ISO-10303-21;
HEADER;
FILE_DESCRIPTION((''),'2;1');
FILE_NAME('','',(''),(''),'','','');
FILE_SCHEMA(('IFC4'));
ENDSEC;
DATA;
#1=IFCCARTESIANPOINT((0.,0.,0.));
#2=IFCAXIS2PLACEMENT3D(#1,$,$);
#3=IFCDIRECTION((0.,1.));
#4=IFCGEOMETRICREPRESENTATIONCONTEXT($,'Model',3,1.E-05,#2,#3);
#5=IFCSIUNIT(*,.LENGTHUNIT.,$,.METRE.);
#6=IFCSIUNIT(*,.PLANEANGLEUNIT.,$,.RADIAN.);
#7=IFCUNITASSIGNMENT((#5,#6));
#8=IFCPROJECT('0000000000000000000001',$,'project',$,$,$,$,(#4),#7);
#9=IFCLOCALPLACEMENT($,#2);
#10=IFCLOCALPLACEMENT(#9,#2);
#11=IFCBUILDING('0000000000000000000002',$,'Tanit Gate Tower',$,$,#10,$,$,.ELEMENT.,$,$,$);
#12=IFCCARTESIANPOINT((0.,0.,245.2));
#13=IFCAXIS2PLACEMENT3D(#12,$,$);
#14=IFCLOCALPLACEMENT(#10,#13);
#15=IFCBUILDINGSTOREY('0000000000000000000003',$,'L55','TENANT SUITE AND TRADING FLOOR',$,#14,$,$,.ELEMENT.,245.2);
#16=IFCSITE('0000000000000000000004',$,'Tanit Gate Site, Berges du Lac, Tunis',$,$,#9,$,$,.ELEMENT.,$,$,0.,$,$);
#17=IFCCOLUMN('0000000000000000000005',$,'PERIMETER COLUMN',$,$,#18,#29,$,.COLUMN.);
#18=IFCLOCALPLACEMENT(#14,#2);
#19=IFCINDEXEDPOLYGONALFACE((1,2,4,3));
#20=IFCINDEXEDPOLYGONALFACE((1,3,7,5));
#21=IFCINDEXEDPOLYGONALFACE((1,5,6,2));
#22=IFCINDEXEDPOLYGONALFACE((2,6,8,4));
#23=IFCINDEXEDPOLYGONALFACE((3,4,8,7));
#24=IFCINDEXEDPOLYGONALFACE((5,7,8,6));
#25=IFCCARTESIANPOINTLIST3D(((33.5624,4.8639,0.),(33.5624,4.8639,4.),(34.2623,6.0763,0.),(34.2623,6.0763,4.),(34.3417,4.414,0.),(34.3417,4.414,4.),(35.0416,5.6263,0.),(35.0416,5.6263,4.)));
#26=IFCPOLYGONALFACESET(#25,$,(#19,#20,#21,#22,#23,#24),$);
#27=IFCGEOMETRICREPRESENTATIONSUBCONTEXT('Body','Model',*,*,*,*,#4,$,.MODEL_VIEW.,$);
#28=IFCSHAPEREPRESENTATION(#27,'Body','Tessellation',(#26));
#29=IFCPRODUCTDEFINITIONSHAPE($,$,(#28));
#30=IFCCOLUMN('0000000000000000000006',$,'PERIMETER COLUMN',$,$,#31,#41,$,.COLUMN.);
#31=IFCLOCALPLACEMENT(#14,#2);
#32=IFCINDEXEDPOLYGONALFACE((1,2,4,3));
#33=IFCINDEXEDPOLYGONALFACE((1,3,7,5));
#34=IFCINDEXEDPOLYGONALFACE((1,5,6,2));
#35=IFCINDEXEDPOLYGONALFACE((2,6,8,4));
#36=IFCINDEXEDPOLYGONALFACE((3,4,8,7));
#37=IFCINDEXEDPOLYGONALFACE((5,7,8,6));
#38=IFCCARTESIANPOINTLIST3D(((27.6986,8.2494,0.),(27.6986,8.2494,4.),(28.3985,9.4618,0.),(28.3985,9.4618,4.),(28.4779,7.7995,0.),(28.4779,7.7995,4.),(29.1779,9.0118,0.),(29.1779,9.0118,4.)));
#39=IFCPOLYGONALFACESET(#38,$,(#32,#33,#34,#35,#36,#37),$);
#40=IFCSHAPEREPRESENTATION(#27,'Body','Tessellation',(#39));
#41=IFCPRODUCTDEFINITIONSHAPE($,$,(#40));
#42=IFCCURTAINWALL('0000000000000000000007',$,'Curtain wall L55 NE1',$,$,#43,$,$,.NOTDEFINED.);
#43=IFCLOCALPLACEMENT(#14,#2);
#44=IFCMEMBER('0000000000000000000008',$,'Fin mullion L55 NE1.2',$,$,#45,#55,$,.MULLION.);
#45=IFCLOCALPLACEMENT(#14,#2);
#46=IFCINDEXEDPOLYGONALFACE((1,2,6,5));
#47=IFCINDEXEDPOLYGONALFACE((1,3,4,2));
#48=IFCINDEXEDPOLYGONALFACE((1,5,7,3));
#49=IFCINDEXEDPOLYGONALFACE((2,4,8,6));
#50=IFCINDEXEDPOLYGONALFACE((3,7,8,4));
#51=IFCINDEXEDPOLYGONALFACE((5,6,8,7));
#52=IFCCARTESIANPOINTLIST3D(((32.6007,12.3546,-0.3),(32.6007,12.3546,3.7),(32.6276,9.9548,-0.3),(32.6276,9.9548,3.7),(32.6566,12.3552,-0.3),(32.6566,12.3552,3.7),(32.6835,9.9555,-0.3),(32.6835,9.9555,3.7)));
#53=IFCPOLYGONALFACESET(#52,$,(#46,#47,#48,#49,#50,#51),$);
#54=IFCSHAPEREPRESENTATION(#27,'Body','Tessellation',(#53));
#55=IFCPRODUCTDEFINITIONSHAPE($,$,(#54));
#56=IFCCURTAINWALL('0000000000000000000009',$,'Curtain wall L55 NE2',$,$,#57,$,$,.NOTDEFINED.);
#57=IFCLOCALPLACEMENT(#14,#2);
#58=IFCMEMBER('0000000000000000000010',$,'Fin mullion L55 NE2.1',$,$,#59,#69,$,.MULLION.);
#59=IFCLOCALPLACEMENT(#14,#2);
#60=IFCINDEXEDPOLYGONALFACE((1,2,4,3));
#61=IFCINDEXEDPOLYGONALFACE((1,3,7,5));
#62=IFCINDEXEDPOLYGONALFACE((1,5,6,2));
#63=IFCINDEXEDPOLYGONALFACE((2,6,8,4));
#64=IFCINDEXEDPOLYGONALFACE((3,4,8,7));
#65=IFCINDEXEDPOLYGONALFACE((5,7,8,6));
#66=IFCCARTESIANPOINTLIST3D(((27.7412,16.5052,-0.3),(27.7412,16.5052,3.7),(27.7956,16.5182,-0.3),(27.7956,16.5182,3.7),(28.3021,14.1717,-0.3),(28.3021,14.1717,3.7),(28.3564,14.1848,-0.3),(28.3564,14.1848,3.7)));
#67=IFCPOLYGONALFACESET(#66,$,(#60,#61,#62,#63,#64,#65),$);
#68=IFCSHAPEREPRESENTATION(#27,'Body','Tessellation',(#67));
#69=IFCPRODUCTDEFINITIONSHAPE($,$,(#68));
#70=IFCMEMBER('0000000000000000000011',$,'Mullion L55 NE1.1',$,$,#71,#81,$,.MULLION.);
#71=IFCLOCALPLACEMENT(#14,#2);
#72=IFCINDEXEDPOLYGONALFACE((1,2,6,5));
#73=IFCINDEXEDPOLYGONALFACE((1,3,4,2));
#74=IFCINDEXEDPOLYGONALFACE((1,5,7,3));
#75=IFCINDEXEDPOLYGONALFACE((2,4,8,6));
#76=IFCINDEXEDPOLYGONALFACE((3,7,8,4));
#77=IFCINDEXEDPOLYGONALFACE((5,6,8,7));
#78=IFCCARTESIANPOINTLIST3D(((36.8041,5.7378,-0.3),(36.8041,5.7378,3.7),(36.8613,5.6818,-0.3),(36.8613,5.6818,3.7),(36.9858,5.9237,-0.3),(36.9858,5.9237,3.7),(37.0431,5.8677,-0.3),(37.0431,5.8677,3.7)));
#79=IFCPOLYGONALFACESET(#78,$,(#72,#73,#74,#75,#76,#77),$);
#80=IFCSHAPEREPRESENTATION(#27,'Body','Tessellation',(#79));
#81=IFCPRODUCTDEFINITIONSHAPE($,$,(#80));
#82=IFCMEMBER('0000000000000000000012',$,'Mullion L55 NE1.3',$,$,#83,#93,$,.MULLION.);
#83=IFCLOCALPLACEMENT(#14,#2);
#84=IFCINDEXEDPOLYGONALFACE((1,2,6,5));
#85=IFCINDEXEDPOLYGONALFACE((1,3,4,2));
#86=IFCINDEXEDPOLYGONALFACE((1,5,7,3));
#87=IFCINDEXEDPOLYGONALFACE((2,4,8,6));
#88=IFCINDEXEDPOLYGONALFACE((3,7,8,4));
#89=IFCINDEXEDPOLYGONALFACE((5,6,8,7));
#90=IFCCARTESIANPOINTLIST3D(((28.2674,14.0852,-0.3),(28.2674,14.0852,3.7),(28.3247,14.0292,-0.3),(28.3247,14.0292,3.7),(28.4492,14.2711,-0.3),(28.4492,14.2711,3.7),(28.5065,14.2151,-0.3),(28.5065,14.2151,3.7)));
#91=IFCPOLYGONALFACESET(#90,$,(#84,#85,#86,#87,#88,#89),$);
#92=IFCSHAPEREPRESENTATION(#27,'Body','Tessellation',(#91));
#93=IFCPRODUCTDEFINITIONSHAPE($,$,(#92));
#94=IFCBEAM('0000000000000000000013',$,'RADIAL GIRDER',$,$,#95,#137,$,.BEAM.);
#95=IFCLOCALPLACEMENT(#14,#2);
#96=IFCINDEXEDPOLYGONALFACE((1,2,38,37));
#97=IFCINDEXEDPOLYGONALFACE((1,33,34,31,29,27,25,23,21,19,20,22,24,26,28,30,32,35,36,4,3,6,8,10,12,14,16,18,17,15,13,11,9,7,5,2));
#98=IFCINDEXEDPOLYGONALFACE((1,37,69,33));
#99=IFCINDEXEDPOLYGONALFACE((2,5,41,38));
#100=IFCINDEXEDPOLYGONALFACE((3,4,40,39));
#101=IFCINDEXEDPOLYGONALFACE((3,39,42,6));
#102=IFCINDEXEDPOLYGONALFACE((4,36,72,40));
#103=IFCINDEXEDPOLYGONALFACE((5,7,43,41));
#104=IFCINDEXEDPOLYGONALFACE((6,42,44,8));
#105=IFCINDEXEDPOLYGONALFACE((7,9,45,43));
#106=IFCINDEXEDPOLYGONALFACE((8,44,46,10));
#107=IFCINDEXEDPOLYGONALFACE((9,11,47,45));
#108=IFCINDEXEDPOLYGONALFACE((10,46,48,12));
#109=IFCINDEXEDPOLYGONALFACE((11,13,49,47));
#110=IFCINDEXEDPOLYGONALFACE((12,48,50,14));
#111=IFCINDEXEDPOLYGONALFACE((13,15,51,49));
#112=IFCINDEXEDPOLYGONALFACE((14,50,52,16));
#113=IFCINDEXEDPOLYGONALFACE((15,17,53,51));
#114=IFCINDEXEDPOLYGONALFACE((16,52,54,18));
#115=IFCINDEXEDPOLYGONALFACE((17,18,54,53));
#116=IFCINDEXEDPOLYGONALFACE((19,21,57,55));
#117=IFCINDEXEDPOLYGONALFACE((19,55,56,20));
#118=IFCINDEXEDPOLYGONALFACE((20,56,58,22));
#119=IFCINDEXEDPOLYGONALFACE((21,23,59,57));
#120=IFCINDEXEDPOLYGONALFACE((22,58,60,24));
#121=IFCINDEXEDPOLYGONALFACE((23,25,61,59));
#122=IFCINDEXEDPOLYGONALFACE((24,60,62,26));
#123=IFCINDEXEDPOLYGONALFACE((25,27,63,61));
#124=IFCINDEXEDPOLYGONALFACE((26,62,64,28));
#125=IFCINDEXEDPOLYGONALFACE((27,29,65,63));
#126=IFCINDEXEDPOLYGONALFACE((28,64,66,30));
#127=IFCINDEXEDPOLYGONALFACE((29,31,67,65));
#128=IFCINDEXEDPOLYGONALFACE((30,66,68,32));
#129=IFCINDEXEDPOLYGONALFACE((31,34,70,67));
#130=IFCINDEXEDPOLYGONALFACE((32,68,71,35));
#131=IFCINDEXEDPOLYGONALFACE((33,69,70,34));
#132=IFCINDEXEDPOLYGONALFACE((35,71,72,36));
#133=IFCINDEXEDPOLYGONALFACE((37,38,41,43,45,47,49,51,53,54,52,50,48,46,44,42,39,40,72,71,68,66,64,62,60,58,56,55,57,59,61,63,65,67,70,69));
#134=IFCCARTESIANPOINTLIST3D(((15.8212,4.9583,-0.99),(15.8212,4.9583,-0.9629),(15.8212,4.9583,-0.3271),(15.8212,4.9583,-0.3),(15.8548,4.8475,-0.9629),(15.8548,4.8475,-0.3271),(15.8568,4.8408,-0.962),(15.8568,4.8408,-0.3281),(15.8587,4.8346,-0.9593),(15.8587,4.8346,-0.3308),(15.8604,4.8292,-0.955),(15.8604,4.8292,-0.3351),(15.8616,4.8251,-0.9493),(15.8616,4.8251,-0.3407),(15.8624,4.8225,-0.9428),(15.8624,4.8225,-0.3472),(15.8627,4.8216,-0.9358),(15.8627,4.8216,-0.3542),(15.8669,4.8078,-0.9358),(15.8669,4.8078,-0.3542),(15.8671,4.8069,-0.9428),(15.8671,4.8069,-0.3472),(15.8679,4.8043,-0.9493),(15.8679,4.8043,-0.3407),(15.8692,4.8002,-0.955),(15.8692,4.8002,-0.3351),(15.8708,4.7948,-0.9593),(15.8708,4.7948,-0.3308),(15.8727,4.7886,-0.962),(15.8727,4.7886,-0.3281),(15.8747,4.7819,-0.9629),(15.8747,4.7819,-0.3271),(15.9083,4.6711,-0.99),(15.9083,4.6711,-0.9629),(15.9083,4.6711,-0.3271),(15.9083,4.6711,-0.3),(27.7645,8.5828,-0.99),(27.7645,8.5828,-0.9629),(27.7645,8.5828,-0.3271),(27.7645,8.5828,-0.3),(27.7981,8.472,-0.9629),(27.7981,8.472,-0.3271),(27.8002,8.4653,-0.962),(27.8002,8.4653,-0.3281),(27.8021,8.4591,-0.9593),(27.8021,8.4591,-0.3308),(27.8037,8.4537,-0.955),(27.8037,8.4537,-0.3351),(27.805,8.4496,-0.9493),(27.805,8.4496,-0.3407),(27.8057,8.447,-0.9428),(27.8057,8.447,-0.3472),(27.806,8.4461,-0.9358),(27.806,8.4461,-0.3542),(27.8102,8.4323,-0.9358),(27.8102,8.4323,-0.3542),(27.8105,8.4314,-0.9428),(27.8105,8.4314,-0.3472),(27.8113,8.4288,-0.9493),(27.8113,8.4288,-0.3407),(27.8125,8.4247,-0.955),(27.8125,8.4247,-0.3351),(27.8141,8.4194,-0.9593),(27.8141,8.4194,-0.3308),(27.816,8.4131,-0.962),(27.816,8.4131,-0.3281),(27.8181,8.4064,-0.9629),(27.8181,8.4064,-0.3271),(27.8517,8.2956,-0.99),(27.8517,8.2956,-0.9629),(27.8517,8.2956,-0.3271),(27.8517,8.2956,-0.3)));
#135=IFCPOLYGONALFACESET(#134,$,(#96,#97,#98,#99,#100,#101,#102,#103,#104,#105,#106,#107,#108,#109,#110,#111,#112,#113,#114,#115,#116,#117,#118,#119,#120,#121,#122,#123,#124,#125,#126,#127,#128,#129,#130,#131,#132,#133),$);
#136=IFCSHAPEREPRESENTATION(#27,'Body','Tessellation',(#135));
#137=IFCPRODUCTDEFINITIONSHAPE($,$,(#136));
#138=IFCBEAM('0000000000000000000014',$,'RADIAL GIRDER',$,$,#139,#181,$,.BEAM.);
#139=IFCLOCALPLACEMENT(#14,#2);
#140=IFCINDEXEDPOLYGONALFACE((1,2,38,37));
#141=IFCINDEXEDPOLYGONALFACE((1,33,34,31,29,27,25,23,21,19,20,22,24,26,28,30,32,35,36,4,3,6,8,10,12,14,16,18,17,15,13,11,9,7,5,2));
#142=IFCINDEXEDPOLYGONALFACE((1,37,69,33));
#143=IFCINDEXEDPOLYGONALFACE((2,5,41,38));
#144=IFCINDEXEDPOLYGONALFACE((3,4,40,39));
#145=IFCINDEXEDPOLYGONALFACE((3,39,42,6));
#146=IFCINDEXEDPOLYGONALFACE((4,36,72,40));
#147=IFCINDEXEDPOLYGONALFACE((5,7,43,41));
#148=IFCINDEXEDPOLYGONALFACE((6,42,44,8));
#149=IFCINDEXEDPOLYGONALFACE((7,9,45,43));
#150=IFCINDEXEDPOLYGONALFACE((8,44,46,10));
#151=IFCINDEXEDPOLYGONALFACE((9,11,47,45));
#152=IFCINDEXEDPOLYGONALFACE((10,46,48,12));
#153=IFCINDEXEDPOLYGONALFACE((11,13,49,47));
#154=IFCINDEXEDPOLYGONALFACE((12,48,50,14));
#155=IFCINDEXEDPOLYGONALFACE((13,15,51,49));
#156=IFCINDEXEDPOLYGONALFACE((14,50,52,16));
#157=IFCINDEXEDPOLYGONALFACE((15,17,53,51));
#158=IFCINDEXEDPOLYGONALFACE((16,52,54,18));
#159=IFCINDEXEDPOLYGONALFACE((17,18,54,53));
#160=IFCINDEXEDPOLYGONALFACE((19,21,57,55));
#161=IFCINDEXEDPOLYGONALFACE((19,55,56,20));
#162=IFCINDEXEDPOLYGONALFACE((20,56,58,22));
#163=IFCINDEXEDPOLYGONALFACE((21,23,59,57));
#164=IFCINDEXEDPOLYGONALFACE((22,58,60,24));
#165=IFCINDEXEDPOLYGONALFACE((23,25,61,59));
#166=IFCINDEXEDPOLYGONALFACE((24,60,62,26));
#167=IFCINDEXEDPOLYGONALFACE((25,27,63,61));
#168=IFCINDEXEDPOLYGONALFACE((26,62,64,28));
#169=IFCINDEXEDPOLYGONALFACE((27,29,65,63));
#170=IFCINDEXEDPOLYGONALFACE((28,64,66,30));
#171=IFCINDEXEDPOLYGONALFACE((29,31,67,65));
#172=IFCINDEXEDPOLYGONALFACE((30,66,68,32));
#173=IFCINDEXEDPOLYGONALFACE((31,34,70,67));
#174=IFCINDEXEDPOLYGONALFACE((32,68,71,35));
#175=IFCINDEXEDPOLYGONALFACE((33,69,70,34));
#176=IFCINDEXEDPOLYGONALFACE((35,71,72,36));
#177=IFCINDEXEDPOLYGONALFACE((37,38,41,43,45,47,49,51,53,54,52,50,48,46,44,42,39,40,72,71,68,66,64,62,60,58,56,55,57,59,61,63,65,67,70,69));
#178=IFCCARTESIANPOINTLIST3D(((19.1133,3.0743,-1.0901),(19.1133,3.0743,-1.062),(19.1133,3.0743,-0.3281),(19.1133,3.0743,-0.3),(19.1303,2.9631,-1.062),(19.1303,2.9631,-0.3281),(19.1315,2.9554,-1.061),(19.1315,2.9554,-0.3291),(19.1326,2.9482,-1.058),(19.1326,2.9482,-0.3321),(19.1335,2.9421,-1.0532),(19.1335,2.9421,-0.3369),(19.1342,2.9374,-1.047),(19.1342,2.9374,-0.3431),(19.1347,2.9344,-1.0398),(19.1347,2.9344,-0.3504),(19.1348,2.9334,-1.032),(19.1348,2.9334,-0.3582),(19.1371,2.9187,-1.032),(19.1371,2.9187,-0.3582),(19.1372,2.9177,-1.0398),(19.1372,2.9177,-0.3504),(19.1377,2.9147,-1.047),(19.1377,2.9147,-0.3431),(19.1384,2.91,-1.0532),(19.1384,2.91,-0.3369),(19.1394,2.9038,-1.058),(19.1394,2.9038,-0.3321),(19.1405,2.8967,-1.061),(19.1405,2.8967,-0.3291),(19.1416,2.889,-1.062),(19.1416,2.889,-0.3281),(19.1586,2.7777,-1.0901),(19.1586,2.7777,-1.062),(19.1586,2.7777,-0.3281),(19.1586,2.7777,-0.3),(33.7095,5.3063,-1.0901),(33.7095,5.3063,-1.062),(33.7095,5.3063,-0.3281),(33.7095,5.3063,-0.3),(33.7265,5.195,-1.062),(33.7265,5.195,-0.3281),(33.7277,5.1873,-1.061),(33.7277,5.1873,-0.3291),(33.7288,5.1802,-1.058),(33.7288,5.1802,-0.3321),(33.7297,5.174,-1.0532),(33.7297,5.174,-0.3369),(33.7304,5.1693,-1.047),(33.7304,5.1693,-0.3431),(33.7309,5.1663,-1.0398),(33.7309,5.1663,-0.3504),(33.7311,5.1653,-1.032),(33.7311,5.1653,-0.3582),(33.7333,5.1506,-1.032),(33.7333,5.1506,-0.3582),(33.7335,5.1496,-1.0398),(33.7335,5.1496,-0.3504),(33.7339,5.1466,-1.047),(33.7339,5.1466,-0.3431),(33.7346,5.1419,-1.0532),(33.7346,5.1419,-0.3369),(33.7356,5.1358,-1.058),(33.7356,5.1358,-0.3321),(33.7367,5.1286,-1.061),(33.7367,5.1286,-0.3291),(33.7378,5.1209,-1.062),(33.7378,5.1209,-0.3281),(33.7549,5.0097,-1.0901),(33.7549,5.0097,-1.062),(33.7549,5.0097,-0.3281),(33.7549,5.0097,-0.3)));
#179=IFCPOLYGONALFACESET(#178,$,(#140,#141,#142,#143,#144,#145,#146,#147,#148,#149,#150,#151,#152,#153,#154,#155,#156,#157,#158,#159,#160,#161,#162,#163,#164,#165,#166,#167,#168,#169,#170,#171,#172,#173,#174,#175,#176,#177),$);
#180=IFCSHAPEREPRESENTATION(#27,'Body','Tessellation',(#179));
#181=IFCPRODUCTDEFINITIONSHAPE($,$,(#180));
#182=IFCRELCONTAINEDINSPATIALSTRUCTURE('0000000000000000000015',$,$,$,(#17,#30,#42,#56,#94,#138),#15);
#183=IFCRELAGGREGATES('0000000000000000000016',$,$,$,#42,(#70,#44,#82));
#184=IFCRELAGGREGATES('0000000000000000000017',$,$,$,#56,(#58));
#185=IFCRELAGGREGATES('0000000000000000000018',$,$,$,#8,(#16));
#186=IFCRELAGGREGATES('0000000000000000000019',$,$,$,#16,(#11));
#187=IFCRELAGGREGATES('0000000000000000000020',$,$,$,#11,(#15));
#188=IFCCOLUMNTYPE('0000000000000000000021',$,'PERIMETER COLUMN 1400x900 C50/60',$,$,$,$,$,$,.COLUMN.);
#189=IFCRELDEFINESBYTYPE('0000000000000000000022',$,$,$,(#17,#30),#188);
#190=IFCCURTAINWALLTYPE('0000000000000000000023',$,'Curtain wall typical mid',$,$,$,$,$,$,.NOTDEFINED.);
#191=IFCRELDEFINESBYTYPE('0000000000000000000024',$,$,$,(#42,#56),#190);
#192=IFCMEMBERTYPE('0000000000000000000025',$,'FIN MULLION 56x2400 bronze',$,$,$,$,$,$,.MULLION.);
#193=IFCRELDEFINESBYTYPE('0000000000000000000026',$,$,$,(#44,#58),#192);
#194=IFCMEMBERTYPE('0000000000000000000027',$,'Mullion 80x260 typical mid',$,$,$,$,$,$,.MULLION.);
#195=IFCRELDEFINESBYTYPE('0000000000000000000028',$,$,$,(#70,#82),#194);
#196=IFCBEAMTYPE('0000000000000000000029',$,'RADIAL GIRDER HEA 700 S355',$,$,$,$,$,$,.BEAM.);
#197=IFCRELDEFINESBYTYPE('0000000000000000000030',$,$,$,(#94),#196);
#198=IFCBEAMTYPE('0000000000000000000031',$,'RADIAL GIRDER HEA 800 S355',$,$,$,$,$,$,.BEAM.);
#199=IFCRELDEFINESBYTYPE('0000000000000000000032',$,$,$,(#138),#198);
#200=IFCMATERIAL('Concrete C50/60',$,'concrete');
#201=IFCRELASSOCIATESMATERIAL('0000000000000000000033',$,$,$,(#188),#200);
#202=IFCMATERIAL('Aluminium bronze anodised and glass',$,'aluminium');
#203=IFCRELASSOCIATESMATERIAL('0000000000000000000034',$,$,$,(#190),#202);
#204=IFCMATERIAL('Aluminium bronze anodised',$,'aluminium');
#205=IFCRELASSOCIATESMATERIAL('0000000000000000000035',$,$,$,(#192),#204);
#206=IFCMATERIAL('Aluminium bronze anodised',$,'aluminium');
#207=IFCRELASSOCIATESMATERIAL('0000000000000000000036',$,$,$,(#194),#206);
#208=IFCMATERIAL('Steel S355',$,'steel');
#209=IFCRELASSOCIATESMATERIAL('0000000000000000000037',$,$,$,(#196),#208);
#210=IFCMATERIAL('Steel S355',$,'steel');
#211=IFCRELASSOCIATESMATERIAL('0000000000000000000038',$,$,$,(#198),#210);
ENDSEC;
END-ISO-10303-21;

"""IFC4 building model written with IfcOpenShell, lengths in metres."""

from ifc_helpers import new_model, si_unit, direction, frame, origin, origin_2d, place, context, subcontext, project, spatial, rectangle, i_section, extrude, material, material_profile, profile_set, type_object, element, aggregate, save


model = new_model("IFC4")

# Units and contexts
model_context = context("Model", 3, precision=1e-05, world=origin(), true_north=direction((0.0, 1.0)))
body_context = subcontext(model_context, "Body", "Model", "MODEL_VIEW")
ifc_project = project(units=[si_unit("LENGTHUNIT", "METRE"), si_unit("PLANEANGLEUNIT", "RADIAN")], contexts=[model_context])

# Site, building, storey
site_placement = place(None, origin())
site = spatial("IfcSite", under=ifc_project, at=site_placement, Name="Tanit Gate Site, Berges du Lac, Tunis", CompositionType="ELEMENT", RefElevation=0.0)
building_placement = place(site_placement, origin())
building = spatial("IfcBuilding", under=site, at=building_placement, Name="Tanit Gate Tower", CompositionType="ELEMENT")
storey_placement = place(building_placement, frame((0.0, 0.0, 245.2)))
storey = spatial("IfcBuildingStorey", under=building, at=storey_placement, Name="L55", Description="TENANT SUITE AND TRADING FLOOR", CompositionType="ELEMENT", Elevation=245.2)

# Columns
ifc_material_1 = material(Name="Concrete C50/60", Category="concrete")
ifc_material_profile_1 = material_profile(ifc_material_1, rectangle(XDim=1.3999, YDim=0.8999, at=origin_2d()), Name="RC 1400x900")
ifc_profile_set_1 = profile_set([ifc_material_profile_1], Name="Concrete C50/60")
column_type = type_object("IfcColumnType", Name="PERIMETER COLUMN 1400x900 C50/60", PredefinedType="COLUMN", material=ifc_profile_set_1)
for number, where, z_axis, x_axis, name in (
    (1, (34.302, 5.2451, 0.0), (0.0, 0.0, 1.0), (0.5, 0.866025, 0.0), "PERIMETER COLUMN"),
    (2, (28.4382, 8.6306, 0.0), (0.0, 0.0, 1.0), (0.5, 0.866025, 0.0), "PERIMETER COLUMN"),
):
    element("IfcColumn", number, at=place(storey_placement, frame(where, z_axis=z_axis, x_axis=x_axis)), inside=storey, type_object=column_type, Name=name, PredefinedType="COLUMN", context=body_context, shape_type="SweptSolid", body=[
        extrude(rectangle(XDim=1.3999, YDim=0.8999, at=origin_2d()), origin(), (0.0, 0.0, 1.0), 4.0),
    ])

# Curtain walls, members
ifc_material_2 = material(Name="Aluminium bronze anodised and glass", Category="aluminium")
curtain_wall_type = type_object("IfcCurtainWallType", Name="Curtain wall typical mid", PredefinedType="NOTDEFINED", material=ifc_material_2)
curtain_wall_1_placement = place(storey_placement, origin())
curtain_wall_1 = element("IfcCurtainWall", 3, at=curtain_wall_1_placement, inside=storey, type_object=curtain_wall_type, Name="Curtain wall L55 NE1", PredefinedType="NOTDEFINED")
ifc_material_3 = material(Name="Aluminium bronze anodised", Category="aluminium")
ifc_material_profile_2 = material_profile(ifc_material_3, rectangle(XDim=2.3999, YDim=0.0559, at=origin_2d()), Name="56x2400 bronze fin mullion")
ifc_profile_set_2 = profile_set([ifc_material_profile_2], Name="Aluminium bronze anodised")
member_type_1 = type_object("IfcMemberType", Name="FIN MULLION 56x2400 bronze", PredefinedType="MULLION", material=ifc_profile_set_2)
member_1_placement = place(storey_placement, frame((32.6421, 11.155, -0.3), z_axis=(0.0, 0.0, 1.0), x_axis=(0.011211, -0.999937, 0.0)))
member_1 = element("IfcMember", 4, at=member_1_placement, type_object=member_type_1, Name="Fin mullion L55 NE1.2", PredefinedType="MULLION", context=body_context, shape_type="SweptSolid", body=[
    extrude(rectangle(XDim=2.3999, YDim=0.0559, at=origin_2d()), origin(), (0.0, 0.0, 1.0), 4.0),
])
curtain_wall_2_placement = place(storey_placement, origin())
curtain_wall_2 = element("IfcCurtainWall", 5, at=curtain_wall_2_placement, inside=storey, type_object=curtain_wall_type, Name="Curtain wall L55 NE2", PredefinedType="NOTDEFINED")
member_2_placement = place(storey_placement, frame((28.0488, 15.345, -0.3), z_axis=(0.0, 0.0, 1.0), x_axis=(0.233691, -0.972311, 0.0)))
member_2 = element("IfcMember", 6, at=member_2_placement, type_object=member_type_1, Name="Fin mullion L55 NE2.1", PredefinedType="MULLION", context=body_context, shape_type="SweptSolid", body=[
    extrude(rectangle(XDim=2.3999, YDim=0.0559, at=origin_2d()), origin(), (0.0, 0.0, 1.0), 4.0),
])

# Members
ifc_material_4 = material(Name="Aluminium bronze anodised", Category="aluminium")
ifc_material_profile_3 = material_profile(ifc_material_4, rectangle(XDim=0.26, YDim=0.0801, at=origin_2d()), Name="80x260 bronze mullion")
ifc_profile_set_3 = profile_set([ifc_material_profile_3], Name="Aluminium bronze anodised")
member_type_2 = type_object("IfcMemberType", Name="Mullion 80x260 typical mid", PredefinedType="MULLION", material=ifc_profile_set_3)
member_3_placement = place(storey_placement, frame((36.9236, 5.8027, -0.3), z_axis=(0.0, 0.0, 1.0), x_axis=(-0.699135, -0.71499, 0.0)))
member_3 = element("IfcMember", 7, at=member_3_placement, type_object=member_type_2, Name="Mullion L55 NE1.1", PredefinedType="MULLION", context=body_context, shape_type="SweptSolid", body=[
    extrude(rectangle(XDim=0.26, YDim=0.0801, at=origin_2d()), origin(), (0.0, 0.0, 1.0), 4.0),
])
member_4_placement = place(storey_placement, frame((28.387, 14.1501, -0.3), z_axis=(0.0, 0.0, 1.0), x_axis=(-0.699135, -0.71499, 0.0)))
member_4 = element("IfcMember", 8, at=member_4_placement, type_object=member_type_2, Name="Mullion L55 NE1.3", PredefinedType="MULLION", context=body_context, shape_type="SweptSolid", body=[
    extrude(rectangle(XDim=0.26, YDim=0.0801, at=origin_2d()), origin(), (0.0, 0.0, 1.0), 4.0),
])

# Beams
ifc_material_5 = material(Name="Steel S355", Category="steel")
ifc_material_profile_4 = material_profile(ifc_material_5, i_section(OverallWidth=0.3, OverallDepth=0.6899, WebThickness=0.0144, FlangeThickness=0.0271, FilletRadius=0.0271, at=origin_2d()), Name="HEA 700")
ifc_profile_set_4 = profile_set([ifc_material_profile_4], Name="Steel S355")
beam_type_1 = type_object("IfcBeamType", Name="RADIAL GIRDER HEA 700 S355", PredefinedType="BEAM", material=ifc_profile_set_4)
beam_1_placement = place(storey_placement, frame((27.8081, 8.4392, -0.645), z_axis=(-0.956906, -0.290397, 0.0), x_axis=(0.290397, -0.956906, 0.0)))
element("IfcBeam", 9, at=beam_1_placement, inside=storey, type_object=beam_type_1, Name="RADIAL GIRDER", PredefinedType="BEAM", context=body_context, shape_type="SweptSolid", body=[
    extrude(i_section(OverallWidth=0.3, OverallDepth=0.6899, WebThickness=0.0144, FlangeThickness=0.0271, FilletRadius=0.0271, at=origin_2d()), origin(), (0.0, 0.0, 1.0), 12.4812),
])
ifc_material_6 = material(Name="Steel S355", Category="steel")
ifc_material_profile_5 = material_profile(ifc_material_6, i_section(OverallWidth=0.3, OverallDepth=0.79, WebThickness=0.0149, FlangeThickness=0.0281, FilletRadius=0.03, at=origin_2d()), Name="HEA 800")
ifc_profile_set_5 = profile_set([ifc_material_profile_5], Name="Steel S355")
beam_type_2 = type_object("IfcBeamType", Name="RADIAL GIRDER HEA 800 S355", PredefinedType="BEAM", material=ifc_profile_set_5)
beam_2_placement = place(storey_placement, frame((33.7322, 5.158, -0.6951), z_axis=(-0.98851, -0.151155, 0.0), x_axis=(0.151155, -0.98851, 0.0)))
element("IfcBeam", 10, at=beam_2_placement, inside=storey, type_object=beam_type_2, Name="RADIAL GIRDER", PredefinedType="BEAM", context=body_context, shape_type="SweptSolid", body=[
    extrude(i_section(OverallWidth=0.3, OverallDepth=0.79, WebThickness=0.0149, FlangeThickness=0.0281, FilletRadius=0.03, at=origin_2d()), origin(), (0.0, 0.0, 1.0), 14.7659),
])

aggregate(curtain_wall_1, [member_3, member_1, member_4])
aggregate(curtain_wall_2, [member_2])

save(model, "model.ifc")
